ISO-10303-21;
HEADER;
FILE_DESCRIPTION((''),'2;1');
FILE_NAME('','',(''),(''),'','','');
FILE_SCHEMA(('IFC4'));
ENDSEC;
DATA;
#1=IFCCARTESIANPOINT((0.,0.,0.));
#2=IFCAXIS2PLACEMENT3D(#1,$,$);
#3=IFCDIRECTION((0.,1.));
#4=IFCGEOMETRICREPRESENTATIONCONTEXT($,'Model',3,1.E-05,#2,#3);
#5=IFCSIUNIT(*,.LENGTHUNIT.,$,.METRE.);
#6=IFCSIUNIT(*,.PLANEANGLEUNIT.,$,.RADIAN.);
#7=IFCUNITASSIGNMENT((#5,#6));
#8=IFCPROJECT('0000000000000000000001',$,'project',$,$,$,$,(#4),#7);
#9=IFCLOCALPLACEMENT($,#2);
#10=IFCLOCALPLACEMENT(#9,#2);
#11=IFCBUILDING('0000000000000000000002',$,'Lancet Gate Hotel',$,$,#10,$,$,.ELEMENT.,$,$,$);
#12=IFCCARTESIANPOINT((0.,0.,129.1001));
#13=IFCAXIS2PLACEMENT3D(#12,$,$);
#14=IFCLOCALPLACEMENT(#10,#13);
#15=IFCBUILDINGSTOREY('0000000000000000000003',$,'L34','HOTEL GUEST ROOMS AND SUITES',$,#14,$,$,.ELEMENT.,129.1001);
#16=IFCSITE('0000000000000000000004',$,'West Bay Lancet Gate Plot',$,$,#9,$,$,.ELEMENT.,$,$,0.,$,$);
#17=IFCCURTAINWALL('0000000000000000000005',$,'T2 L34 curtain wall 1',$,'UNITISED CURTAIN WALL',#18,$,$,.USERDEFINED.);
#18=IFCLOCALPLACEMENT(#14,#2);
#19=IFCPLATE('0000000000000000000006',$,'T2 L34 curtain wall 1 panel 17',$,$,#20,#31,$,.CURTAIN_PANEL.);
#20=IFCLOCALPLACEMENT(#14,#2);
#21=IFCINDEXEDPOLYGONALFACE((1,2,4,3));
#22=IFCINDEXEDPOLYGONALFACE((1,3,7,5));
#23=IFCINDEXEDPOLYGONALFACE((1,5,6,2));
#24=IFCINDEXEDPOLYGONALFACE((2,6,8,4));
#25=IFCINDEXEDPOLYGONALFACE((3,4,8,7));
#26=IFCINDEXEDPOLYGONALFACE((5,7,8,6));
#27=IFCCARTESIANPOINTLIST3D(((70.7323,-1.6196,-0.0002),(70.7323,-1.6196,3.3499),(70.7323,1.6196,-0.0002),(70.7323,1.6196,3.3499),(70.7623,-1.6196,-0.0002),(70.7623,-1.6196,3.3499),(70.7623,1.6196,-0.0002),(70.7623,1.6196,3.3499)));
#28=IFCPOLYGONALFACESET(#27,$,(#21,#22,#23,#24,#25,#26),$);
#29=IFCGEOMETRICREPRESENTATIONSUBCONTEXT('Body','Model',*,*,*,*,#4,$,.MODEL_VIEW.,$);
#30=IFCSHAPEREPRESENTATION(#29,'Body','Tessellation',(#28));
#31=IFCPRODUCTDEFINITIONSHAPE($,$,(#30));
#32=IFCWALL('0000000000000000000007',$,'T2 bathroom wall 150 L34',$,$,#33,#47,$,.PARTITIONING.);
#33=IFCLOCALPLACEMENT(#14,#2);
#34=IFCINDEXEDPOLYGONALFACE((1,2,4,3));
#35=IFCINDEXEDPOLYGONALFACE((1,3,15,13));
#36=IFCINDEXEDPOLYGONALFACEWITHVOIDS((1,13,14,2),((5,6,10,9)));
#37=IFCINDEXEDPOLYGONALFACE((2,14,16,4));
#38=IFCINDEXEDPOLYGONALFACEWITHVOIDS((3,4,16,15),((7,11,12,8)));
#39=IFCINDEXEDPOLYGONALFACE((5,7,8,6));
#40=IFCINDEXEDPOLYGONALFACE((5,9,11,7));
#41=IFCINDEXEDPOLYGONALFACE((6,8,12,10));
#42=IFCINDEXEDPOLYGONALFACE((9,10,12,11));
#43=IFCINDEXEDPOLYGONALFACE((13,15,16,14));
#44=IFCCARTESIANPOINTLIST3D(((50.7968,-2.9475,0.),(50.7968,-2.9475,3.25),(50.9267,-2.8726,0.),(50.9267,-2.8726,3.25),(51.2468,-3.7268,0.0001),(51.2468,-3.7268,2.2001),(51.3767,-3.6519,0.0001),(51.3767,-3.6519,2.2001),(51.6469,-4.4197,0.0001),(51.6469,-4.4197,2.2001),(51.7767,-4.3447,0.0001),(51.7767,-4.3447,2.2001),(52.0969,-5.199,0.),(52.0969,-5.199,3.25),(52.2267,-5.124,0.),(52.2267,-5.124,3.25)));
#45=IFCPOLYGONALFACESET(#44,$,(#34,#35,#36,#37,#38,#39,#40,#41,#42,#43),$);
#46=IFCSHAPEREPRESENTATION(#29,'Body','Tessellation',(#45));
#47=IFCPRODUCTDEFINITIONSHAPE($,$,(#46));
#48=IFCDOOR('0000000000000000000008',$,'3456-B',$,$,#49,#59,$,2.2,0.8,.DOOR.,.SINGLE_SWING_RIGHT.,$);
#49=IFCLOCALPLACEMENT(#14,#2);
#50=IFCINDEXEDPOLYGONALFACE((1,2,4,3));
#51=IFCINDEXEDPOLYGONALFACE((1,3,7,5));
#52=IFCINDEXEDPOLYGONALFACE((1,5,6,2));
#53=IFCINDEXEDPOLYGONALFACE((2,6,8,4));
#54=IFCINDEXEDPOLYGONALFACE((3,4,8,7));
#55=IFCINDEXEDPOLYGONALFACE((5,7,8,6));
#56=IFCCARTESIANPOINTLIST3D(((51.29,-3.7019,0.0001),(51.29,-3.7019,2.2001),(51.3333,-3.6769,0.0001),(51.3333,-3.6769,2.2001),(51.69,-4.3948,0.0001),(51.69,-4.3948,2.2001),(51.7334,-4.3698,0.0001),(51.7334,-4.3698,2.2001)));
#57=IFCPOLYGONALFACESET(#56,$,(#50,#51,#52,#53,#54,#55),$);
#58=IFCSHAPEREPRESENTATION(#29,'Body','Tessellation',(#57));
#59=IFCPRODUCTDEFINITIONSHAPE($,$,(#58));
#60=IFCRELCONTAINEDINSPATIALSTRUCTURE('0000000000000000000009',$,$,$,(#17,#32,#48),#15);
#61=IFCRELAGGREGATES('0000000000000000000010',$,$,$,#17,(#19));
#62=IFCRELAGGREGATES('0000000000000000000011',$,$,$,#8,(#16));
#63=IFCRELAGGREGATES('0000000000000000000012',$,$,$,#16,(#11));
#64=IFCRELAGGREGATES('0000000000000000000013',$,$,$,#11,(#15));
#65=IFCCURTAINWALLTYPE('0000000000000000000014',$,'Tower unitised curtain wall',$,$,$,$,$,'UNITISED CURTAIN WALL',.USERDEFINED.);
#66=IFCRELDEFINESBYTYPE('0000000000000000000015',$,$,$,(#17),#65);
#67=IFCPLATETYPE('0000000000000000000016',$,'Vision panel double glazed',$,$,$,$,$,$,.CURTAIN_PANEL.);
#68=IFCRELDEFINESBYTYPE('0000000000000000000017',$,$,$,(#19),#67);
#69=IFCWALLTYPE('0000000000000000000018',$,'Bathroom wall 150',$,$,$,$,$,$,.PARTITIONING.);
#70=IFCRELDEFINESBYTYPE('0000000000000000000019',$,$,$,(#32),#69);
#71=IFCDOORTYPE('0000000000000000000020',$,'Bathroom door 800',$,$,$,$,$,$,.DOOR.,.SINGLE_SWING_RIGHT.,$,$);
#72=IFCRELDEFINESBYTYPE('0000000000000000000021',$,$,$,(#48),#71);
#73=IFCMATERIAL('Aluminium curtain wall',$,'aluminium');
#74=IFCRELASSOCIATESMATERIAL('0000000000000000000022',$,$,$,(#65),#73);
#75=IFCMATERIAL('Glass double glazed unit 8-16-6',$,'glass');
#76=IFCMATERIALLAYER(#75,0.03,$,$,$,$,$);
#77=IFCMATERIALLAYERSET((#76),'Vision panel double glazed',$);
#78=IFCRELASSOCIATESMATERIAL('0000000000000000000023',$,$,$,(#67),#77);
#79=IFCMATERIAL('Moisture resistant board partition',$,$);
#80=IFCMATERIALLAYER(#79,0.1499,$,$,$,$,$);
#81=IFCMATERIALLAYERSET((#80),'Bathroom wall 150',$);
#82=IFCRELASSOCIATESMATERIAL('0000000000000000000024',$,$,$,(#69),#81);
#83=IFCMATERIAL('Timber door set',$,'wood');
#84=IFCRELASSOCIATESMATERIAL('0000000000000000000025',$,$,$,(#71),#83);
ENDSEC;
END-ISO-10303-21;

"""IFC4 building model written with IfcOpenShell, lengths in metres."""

from ifc_helpers import new_model, si_unit, direction, frame, frame_2d, origin, origin_2d, place, context, subcontext, project, spatial, rectangle, extrude, material, layer, layer_set, type_object, element, fill, aggregate, save


model = new_model("IFC4")

# Units and contexts
model_context = context("Model", 3, precision=1e-05, world=origin(), true_north=direction((0.0, 1.0)))
body_context = subcontext(model_context, "Body", "Model", "MODEL_VIEW")
ifc_project = project(units=[si_unit("LENGTHUNIT", "METRE"), si_unit("PLANEANGLEUNIT", "RADIAN")], contexts=[model_context])

# Site, building, storey
site_placement = place(None, origin())
site = spatial("IfcSite", under=ifc_project, at=site_placement, Name="West Bay Lancet Gate Plot", CompositionType="ELEMENT", RefElevation=0.0)
building_placement = place(site_placement, origin())
building = spatial("IfcBuilding", under=site, at=building_placement, Name="Lancet Gate Hotel", CompositionType="ELEMENT")
storey_placement = place(building_placement, frame((0.0, 0.0, 129.1001)))
storey = spatial("IfcBuildingStorey", under=building, at=storey_placement, Name="L34", Description="HOTEL GUEST ROOMS AND SUITES", CompositionType="ELEMENT", Elevation=129.1001)

# Curtain wall
ifc_material_1 = material(Name="Aluminium curtain wall", Category="aluminium")
curtain_wall_type = type_object("IfcCurtainWallType", Name="Tower unitised curtain wall", ElementType="UNITISED CURTAIN WALL", PredefinedType="USERDEFINED", material=ifc_material_1)
curtain_wall_placement = place(storey_placement, origin())
curtain_wall = element("IfcCurtainWall", 1, at=curtain_wall_placement, inside=storey, type_object=curtain_wall_type, Name="T2 L34 curtain wall 1", ObjectType="UNITISED CURTAIN WALL", PredefinedType="USERDEFINED")

# Plate
ifc_material_2 = material(Name="Glass double glazed unit 8-16-6", Category="glass")
ifc_layer_1 = layer(ifc_material_2, 0.03)
ifc_layer_set_1 = layer_set([ifc_layer_1], Name="Vision panel double glazed")
plate_type = type_object("IfcPlateType", Name="Vision panel double glazed", PredefinedType="CURTAIN_PANEL", material=ifc_layer_set_1)
plate_1_placement = place(storey_placement, frame((70.7473, 0.0, -0.0002), z_axis=(0.0, 0.0, 1.0), x_axis=(0.0, 1.0, 0.0)))
plate_1 = element("IfcPlate", 2, at=plate_1_placement, type_object=plate_type, Name="T2 L34 curtain wall 1 panel 17", PredefinedType="CURTAIN_PANEL", context=body_context, shape_type="SweptSolid", body=[
    extrude(rectangle(XDim=3.2393, YDim=0.03, at=origin_2d()), origin(), (0.0, 0.0, 1.0), 3.3501),
])
aggregate(curtain_wall, [plate_1])

# Wall, opening, door
ifc_material_3 = material(Name="Moisture resistant board partition")
ifc_layer_2 = layer(ifc_material_3, 0.1499)
ifc_layer_set_2 = layer_set([ifc_layer_2], Name="Bathroom wall 150")
wall_type = type_object("IfcWallType", Name="Bathroom wall 150", PredefinedType="PARTITIONING", material=ifc_layer_set_2)
wall_placement = place(storey_placement, frame((50.8618, -2.9102, 0.0), z_axis=(0.0, 0.0, 1.0), x_axis=(0.500048, -0.865998, 0.0)))
wall = element("IfcWall", 3, at=wall_placement, inside=storey, type_object=wall_type, Name="T2 bathroom wall 150 L34", PredefinedType="PARTITIONING", context=body_context, shape_type="SweptSolid", body=[
    extrude(rectangle(XDim=2.5999, YDim=0.1499, at=frame_2d((1.2998, 0.0))), origin(), (0.0, 0.0, 1.0), 3.25),
])
opening_placement = place(wall_placement, frame((0.8999, 0.0, 0.0)))
opening = element("IfcOpeningElement", 4, at=opening_placement, cuts=wall, PredefinedType="OPENING", context=body_context, shape_type="SweptSolid", body=[
    extrude(rectangle(XDim=0.8, YDim=2.2, at=frame_2d((0.3999, 1.1001))), frame((0.0, 0.085, 0.0), z_axis=(0.0, -1.0, 0.0), x_axis=(1.0, 0.0, 0.0)), (0.0, 0.0, 1.0), 0.1699),
])
ifc_material_4 = material(Name="Timber door set", Category="wood")
door_type = type_object("IfcDoorType", Name="Bathroom door 800", OperationType="SINGLE_SWING_RIGHT", PredefinedType="DOOR", material=ifc_material_4)
door_placement = place(opening_placement, origin())
door = element("IfcDoor", 5, at=door_placement, inside=storey, type_object=door_type, Name="3456-B", OperationType="SINGLE_SWING_RIGHT", OverallHeight=2.2, OverallWidth=0.8, PredefinedType="DOOR", context=body_context, shape_type="SweptSolid", body=[
    extrude(rectangle(XDim=0.8, YDim=2.2, at=frame_2d((0.3999, 1.1001))), frame((0.0, 0.0249, 0.0), z_axis=(0.0, -1.0, 0.0), x_axis=(1.0, 0.0, 0.0)), (0.0, 0.0, 1.0), 0.05),
])
fill(opening, door)

save(model, "model.ifc")
